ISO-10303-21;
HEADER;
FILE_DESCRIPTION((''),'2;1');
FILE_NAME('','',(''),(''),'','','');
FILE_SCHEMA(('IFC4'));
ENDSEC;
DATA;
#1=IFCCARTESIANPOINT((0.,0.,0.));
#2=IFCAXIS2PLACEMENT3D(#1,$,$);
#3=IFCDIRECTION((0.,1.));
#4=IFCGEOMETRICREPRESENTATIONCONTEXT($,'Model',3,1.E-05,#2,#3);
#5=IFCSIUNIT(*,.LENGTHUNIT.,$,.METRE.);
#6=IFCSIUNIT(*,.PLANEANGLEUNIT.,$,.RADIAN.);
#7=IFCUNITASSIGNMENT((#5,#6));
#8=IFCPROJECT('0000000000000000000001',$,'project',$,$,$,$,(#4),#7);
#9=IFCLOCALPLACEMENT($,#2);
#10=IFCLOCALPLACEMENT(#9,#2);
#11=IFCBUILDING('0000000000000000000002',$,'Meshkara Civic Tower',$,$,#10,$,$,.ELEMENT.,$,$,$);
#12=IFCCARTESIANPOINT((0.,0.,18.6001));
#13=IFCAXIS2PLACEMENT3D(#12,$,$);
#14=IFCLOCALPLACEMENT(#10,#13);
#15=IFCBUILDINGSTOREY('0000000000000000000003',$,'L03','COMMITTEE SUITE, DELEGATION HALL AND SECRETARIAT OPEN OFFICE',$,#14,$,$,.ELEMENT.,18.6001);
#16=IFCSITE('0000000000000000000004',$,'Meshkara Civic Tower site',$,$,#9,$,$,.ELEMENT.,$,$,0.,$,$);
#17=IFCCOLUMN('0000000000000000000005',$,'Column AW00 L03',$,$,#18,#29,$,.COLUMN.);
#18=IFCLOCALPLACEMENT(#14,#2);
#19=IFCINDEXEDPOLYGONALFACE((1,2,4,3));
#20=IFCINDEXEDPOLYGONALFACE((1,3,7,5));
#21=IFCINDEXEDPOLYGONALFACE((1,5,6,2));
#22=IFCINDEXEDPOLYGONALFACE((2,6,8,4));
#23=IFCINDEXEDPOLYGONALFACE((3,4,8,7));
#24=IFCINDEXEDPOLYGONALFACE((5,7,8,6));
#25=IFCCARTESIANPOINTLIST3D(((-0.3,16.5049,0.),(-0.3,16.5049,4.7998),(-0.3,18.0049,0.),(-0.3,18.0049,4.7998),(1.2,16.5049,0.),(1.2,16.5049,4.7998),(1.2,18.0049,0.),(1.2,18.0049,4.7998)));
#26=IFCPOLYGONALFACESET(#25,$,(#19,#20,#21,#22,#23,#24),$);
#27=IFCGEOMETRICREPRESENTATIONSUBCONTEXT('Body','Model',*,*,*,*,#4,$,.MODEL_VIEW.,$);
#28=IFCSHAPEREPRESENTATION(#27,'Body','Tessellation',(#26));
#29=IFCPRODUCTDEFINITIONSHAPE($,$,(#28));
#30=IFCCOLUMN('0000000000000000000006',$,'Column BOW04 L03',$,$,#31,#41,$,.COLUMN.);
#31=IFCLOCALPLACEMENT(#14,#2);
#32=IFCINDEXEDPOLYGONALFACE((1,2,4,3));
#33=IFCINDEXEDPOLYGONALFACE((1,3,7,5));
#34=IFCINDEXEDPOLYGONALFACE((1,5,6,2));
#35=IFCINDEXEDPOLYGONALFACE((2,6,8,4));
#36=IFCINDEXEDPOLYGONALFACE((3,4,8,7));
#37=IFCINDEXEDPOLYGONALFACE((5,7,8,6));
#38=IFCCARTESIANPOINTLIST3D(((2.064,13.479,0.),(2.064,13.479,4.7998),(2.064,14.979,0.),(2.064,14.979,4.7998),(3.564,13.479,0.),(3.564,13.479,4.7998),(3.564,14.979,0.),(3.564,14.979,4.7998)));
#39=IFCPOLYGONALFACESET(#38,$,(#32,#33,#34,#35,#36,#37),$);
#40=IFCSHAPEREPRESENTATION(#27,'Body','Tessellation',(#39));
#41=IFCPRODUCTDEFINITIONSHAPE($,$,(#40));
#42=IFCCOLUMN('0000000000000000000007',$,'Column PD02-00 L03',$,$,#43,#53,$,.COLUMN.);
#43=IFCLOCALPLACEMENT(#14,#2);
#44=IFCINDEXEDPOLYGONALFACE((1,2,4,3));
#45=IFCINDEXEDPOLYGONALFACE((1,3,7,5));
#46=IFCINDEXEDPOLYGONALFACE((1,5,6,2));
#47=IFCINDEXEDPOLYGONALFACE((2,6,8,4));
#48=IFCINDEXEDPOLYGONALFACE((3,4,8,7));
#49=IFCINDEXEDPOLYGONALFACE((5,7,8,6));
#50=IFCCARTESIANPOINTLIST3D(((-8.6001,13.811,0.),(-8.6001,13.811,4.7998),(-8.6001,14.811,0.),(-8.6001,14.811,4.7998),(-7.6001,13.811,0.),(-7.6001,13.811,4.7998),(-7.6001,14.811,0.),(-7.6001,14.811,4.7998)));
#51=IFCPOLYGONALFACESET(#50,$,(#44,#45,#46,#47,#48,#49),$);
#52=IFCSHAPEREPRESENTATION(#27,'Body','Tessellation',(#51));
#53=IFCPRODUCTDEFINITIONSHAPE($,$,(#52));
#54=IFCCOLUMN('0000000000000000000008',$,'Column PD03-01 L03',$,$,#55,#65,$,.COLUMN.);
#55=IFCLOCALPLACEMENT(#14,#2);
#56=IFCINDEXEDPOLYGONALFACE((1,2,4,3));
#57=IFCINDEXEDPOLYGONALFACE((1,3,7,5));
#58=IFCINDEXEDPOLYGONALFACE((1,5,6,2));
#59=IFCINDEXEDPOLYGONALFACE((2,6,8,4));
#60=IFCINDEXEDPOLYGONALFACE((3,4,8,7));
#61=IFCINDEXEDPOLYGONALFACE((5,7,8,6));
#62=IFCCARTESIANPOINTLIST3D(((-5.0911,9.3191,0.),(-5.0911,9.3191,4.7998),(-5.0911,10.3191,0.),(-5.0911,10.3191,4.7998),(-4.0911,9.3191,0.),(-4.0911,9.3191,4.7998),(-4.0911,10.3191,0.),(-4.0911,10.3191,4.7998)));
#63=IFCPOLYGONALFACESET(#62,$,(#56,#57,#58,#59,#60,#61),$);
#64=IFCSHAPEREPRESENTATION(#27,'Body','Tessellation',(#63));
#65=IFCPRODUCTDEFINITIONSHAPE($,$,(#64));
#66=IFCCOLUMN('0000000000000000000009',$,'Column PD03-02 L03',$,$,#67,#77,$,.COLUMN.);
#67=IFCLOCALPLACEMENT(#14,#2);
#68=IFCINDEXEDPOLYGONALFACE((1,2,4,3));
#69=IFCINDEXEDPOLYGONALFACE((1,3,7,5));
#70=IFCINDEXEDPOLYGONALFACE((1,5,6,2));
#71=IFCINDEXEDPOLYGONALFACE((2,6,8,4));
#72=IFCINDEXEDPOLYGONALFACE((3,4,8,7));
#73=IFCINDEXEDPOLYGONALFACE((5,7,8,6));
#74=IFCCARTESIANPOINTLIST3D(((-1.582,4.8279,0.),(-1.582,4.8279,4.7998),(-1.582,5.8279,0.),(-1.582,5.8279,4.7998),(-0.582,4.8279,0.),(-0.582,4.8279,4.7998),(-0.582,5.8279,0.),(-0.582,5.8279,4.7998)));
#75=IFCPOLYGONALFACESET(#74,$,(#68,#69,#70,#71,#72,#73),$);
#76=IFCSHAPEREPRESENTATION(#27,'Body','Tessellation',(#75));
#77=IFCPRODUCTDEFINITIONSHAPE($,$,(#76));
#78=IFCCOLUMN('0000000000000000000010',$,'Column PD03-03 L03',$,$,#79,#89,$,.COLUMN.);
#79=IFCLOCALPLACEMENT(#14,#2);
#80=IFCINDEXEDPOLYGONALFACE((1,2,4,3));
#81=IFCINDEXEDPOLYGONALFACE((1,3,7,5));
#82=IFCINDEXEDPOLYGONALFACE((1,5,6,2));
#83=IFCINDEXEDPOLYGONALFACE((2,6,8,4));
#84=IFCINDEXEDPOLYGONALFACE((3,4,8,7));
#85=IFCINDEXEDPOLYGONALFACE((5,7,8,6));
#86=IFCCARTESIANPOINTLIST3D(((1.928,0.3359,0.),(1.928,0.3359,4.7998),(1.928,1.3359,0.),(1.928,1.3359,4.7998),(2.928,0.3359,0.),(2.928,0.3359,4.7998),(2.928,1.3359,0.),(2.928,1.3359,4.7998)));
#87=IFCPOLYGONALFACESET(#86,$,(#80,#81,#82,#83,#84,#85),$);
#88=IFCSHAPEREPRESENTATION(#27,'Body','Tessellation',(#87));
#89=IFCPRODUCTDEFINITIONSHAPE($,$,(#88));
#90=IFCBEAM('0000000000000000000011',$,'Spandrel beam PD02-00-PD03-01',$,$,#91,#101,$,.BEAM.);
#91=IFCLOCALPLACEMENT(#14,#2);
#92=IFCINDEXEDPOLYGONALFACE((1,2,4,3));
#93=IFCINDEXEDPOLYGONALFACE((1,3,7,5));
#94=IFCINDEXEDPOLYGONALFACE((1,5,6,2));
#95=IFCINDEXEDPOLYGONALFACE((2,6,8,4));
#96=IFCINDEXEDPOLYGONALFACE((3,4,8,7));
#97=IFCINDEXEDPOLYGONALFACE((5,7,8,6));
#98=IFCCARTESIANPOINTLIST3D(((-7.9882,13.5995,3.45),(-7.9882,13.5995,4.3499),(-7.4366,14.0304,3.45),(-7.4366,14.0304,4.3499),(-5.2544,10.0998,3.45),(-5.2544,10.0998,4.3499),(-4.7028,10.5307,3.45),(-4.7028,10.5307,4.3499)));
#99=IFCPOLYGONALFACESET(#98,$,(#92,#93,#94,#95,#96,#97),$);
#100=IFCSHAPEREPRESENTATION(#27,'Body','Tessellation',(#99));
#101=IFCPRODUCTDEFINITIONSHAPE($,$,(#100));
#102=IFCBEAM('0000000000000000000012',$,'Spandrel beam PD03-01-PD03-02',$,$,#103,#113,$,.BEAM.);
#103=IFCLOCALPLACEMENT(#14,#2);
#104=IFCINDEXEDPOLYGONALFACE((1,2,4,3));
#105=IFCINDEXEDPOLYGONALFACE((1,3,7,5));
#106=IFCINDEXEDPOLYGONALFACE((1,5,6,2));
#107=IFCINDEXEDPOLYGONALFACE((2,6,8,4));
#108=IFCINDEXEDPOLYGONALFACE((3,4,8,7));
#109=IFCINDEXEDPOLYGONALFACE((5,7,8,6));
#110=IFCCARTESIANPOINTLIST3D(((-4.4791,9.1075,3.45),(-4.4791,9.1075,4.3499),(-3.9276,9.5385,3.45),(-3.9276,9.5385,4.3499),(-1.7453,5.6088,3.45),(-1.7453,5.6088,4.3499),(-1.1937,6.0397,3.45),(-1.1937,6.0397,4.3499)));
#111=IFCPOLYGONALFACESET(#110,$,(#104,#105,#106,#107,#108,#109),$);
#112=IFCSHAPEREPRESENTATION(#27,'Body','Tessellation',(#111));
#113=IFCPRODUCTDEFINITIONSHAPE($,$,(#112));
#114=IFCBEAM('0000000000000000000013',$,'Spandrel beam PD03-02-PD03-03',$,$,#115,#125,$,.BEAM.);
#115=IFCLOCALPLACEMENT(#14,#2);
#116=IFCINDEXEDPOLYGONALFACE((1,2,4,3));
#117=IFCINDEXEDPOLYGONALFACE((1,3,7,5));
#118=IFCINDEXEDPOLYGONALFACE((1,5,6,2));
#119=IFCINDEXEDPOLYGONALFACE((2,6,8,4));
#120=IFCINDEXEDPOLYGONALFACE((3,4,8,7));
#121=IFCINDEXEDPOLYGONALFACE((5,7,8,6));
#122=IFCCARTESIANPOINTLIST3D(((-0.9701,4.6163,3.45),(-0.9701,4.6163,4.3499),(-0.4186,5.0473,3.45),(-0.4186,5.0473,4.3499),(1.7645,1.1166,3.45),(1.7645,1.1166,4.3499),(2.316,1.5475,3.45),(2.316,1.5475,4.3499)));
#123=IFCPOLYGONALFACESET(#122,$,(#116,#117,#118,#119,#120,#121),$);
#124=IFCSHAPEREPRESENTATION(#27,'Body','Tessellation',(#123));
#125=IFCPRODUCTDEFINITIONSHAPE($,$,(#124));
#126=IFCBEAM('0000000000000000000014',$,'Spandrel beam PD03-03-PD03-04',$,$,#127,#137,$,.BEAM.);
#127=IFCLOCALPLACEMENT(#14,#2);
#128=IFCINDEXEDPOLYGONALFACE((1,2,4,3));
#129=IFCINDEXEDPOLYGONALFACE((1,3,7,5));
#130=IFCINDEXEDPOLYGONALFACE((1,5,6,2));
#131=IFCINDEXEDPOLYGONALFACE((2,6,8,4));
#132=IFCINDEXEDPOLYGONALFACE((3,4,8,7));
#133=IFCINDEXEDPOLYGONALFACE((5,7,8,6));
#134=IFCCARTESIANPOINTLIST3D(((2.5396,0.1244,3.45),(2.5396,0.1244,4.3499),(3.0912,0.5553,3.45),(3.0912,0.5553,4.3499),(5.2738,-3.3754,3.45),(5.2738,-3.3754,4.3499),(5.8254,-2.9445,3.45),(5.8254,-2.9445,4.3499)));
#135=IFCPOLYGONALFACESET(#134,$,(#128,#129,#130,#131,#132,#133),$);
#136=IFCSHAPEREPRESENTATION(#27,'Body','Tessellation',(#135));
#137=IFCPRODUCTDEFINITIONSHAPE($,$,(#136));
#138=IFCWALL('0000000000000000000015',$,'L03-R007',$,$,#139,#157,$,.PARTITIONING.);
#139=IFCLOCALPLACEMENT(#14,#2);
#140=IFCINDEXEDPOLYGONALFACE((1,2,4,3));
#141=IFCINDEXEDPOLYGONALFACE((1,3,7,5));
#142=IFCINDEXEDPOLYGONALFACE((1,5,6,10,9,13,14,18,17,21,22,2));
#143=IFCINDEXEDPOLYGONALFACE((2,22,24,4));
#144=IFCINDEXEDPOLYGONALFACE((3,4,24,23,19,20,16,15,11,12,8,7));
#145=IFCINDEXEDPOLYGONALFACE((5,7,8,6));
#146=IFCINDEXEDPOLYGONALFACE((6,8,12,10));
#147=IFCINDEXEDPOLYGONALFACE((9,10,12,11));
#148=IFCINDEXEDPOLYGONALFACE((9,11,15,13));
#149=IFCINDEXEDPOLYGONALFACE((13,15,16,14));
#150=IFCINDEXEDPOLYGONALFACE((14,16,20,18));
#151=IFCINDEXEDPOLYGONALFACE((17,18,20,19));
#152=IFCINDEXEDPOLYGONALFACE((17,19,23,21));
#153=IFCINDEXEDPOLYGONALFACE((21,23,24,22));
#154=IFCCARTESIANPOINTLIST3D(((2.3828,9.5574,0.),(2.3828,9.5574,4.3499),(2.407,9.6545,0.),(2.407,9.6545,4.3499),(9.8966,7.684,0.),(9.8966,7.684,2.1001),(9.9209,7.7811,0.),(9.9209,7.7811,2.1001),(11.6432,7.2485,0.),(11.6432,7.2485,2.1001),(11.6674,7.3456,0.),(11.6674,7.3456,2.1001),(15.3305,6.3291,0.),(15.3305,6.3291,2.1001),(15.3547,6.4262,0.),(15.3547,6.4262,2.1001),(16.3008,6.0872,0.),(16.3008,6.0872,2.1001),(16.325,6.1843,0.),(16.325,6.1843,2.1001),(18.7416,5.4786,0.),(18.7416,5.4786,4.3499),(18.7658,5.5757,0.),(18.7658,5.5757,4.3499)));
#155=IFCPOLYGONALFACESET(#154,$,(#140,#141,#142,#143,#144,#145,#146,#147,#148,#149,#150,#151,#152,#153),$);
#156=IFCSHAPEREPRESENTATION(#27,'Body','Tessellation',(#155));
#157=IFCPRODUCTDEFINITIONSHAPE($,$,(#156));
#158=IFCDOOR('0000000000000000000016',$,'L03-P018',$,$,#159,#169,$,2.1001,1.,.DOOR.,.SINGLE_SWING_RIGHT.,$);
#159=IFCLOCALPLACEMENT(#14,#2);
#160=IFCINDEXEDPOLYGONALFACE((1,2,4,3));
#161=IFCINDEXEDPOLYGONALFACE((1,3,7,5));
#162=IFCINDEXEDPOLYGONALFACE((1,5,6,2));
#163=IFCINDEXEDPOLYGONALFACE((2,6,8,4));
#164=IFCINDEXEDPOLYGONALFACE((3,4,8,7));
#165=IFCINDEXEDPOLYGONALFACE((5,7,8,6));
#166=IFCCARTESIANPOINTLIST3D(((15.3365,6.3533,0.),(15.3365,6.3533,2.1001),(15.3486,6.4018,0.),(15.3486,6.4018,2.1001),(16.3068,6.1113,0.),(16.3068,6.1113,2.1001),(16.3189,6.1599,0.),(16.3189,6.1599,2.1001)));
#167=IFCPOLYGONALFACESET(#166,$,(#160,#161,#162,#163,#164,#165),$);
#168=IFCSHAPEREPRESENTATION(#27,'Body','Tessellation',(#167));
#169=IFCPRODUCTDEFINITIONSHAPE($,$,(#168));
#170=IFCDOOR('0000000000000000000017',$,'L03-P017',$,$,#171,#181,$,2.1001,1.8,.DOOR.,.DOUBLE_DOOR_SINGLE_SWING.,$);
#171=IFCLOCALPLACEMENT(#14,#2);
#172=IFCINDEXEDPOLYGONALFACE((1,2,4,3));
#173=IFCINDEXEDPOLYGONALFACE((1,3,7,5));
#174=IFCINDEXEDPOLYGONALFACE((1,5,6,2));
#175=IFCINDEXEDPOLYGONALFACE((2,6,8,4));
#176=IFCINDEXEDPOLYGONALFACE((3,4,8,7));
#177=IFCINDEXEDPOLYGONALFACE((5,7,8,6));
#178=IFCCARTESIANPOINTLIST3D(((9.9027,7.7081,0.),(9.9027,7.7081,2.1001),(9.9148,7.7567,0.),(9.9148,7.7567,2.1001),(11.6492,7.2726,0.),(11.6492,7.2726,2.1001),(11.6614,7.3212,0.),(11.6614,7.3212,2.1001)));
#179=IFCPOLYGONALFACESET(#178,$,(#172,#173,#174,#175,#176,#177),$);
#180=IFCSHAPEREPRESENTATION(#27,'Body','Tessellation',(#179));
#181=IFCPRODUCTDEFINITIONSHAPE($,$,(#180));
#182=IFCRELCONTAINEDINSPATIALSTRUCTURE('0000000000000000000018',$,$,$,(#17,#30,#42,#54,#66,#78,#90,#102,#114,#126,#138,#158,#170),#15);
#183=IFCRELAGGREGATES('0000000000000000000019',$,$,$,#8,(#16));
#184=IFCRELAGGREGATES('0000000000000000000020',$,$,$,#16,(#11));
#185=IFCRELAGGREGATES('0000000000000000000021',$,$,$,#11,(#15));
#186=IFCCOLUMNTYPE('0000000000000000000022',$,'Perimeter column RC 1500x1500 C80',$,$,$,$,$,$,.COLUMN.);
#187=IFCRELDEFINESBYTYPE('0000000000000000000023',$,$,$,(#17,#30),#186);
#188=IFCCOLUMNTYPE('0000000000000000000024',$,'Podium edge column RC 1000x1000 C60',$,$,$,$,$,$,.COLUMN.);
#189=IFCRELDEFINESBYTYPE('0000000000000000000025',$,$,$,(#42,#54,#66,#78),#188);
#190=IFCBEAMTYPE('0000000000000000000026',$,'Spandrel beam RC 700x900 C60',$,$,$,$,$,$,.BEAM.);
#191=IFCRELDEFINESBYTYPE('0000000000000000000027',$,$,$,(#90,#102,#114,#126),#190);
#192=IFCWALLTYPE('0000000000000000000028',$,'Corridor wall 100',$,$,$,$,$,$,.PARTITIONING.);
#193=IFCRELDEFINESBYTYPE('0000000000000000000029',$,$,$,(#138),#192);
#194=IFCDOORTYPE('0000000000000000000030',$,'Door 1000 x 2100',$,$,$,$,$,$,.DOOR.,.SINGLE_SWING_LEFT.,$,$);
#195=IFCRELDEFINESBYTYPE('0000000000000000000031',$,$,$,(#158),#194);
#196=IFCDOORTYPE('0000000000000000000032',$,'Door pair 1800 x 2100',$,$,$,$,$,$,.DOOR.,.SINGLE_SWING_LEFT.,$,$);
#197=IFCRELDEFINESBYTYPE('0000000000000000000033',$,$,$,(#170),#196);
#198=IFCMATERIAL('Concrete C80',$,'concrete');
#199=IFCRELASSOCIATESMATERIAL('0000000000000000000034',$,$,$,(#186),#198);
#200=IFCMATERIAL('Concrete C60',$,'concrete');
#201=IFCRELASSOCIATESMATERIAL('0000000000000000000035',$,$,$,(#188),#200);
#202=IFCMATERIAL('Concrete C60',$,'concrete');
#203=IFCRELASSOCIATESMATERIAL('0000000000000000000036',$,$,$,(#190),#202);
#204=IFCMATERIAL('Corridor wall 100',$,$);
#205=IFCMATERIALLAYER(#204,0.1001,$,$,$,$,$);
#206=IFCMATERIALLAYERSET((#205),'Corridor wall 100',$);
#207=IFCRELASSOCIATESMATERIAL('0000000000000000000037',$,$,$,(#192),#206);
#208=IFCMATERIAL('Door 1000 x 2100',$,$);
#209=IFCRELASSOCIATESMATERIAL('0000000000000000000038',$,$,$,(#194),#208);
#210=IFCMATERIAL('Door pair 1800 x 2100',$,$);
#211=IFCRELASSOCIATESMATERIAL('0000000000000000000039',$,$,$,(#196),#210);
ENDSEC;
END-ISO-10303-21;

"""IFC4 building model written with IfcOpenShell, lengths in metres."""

from ifc_helpers import new_model, si_unit, direction, frame, frame_2d, origin, origin_2d, place, context, subcontext, project, spatial, rectangle, extrude, material, layer, layer_set, material_profile, profile_set, type_object, element, fill, save


model = new_model("IFC4")

# Units and contexts
model_context = context("Model", 3, precision=1e-05, world=origin(), true_north=direction((0.0, 1.0)))
body_context = subcontext(model_context, "Body", "Model", "MODEL_VIEW")
ifc_project = project(units=[si_unit("LENGTHUNIT", "METRE"), si_unit("PLANEANGLEUNIT", "RADIAN")], contexts=[model_context])

# Site, building, storey
site_placement = place(None, origin())
site = spatial("IfcSite", under=ifc_project, at=site_placement, Name="Meshkara Civic Tower site", CompositionType="ELEMENT", RefElevation=0.0)
building_placement = place(site_placement, origin())
building = spatial("IfcBuilding", under=site, at=building_placement, Name="Meshkara Civic Tower", CompositionType="ELEMENT")
storey_placement = place(building_placement, frame((0.0, 0.0, 18.6001)))
storey = spatial("IfcBuildingStorey", under=building, at=storey_placement, Name="L03", Description="COMMITTEE SUITE, DELEGATION HALL AND SECRETARIAT OPEN OFFICE", CompositionType="ELEMENT", Elevation=18.6001)

# Columns
ifc_material_1 = material(Name="Concrete C80", Category="concrete")
ifc_material_profile_1 = material_profile(ifc_material_1, rectangle(XDim=1.5, YDim=1.5, at=origin_2d()))
ifc_profile_set_1 = profile_set([ifc_material_profile_1], Name="Concrete C80")
column_type_1 = type_object("IfcColumnType", Name="Perimeter column RC 1500x1500 C80", PredefinedType="COLUMN", material=ifc_profile_set_1)
for number, where, z_axis, x_axis, name in (
    (1, (0.45, 17.2549, 0.0), (0.0, 0.0, 1.0), (1.0, 0.0, 0.0), "Column AW00 L03"),
    (2, (2.814, 14.229, 0.0), (0.0, 0.0, 1.0), (1.0, 0.0, 0.0), "Column BOW04 L03"),
):
    element("IfcColumn", number, at=place(storey_placement, frame(where, z_axis=z_axis, x_axis=x_axis)), inside=storey, type_object=column_type_1, Name=name, PredefinedType="COLUMN", context=body_context, shape_type="SweptSolid", body=[
        extrude(rectangle(XDim=1.5, YDim=1.5, at=origin_2d()), origin(), (0.0, 0.0, 1.0), 4.7998),
    ])
ifc_material_2 = material(Name="Concrete C60", Category="concrete")
ifc_material_profile_2 = material_profile(ifc_material_2, rectangle(XDim=1.0, YDim=1.0, at=origin_2d()))
ifc_profile_set_2 = profile_set([ifc_material_profile_2], Name="Concrete C60")
column_type_2 = type_object("IfcColumnType", Name="Podium edge column RC 1000x1000 C60", PredefinedType="COLUMN", material=ifc_profile_set_2)
for number, where, z_axis, x_axis, name in (
    (3, (-8.1001, 14.311, 0.0), (0.0, 0.0, 1.0), (1.0, 0.0, 0.0), "Column PD02-00 L03"),
    (4, (-4.5911, 9.8191, 0.0), (0.0, 0.0, 1.0), (1.0, 0.0, 0.0), "Column PD03-01 L03"),
    (5, (-1.082, 5.3279, 0.0), (0.0, 0.0, 1.0), (1.0, 0.0, 0.0), "Column PD03-02 L03"),
    (6, (2.428, 0.8359, 0.0), (0.0, 0.0, 1.0), (1.0, 0.0, 0.0), "Column PD03-03 L03"),
):
    element("IfcColumn", number, at=place(storey_placement, frame(where, z_axis=z_axis, x_axis=x_axis)), inside=storey, type_object=column_type_2, Name=name, PredefinedType="COLUMN", context=body_context, shape_type="SweptSolid", body=[
        extrude(rectangle(XDim=1.0, YDim=1.0, at=origin_2d()), origin(), (0.0, 0.0, 1.0), 4.7998),
    ])

# Beams
ifc_material_3 = material(Name="Concrete C60", Category="concrete")
ifc_material_profile_3 = material_profile(ifc_material_3, rectangle(XDim=0.7, YDim=0.8999, at=origin_2d()))
ifc_profile_set_3 = profile_set([ifc_material_profile_3], Name="Concrete C60")
beam_type = type_object("IfcBeamType", Name="Spandrel beam RC 700x900 C60", PredefinedType="BEAM", material=ifc_profile_set_3)
beam_1_placement = place(storey_placement, frame((-7.7124, 13.8149, 3.8999), z_axis=(0.615602, -0.788057, 0.0), x_axis=(0.788057, 0.615602, 0.0)))
element("IfcBeam", 7, at=beam_1_placement, inside=storey, type_object=beam_type, Name="Spandrel beam PD02-00-PD03-01", PredefinedType="BEAM", context=body_context, shape_type="SweptSolid", body=[
    extrude(rectangle(XDim=0.7, YDim=0.8999, at=origin_2d()), origin(), (0.0, 0.0, 1.0), 4.4409),
])
beam_2_placement = place(storey_placement, frame((-4.2034, 9.323, 3.8999), z_axis=(0.615709, -0.787974, 0.0), x_axis=(0.787974, 0.615709, 0.0)))
element("IfcBeam", 8, at=beam_2_placement, inside=storey, type_object=beam_type, Name="Spandrel beam PD03-01-PD03-02", PredefinedType="BEAM", context=body_context, shape_type="SweptSolid", body=[
    extrude(rectangle(XDim=0.7, YDim=0.8999, at=origin_2d()), origin(), (0.0, 0.0, 1.0), 4.4402),
])
beam_3_placement = place(storey_placement, frame((-0.6943, 4.8318, 3.8999), z_axis=(0.615705, -0.787977, 0.0), x_axis=(0.787977, 0.615705, 0.0)))
element("IfcBeam", 9, at=beam_3_placement, inside=storey, type_object=beam_type, Name="Spandrel beam PD03-02-PD03-03", PredefinedType="BEAM", context=body_context, shape_type="SweptSolid", body=[
    extrude(rectangle(XDim=0.7, YDim=0.8999, at=origin_2d()), origin(), (0.0, 0.0, 1.0), 4.4414),
])
beam_4_placement = place(storey_placement, frame((2.8154, 0.3398, 3.8999), z_axis=(0.615637, -0.78803, 0.0), x_axis=(0.78803, 0.615637, 0.0)))
element("IfcBeam", 10, at=beam_4_placement, inside=storey, type_object=beam_type, Name="Spandrel beam PD03-03-PD03-04", PredefinedType="BEAM", context=body_context, shape_type="SweptSolid", body=[
    extrude(rectangle(XDim=0.7, YDim=0.8999, at=origin_2d()), origin(), (0.0, 0.0, 1.0), 4.4412),
])

# Wall, openings, doors
ifc_material_4 = material(Name="Corridor wall 100")
ifc_layer_1 = layer(ifc_material_4, 0.1001)
ifc_layer_set_1 = layer_set([ifc_layer_1], Name="Corridor wall 100")
wall_type_1 = type_object("IfcWallType", Name="Corridor wall 100", PredefinedType="PARTITIONING", material=ifc_layer_set_1)
wall_1_placement = place(storey_placement, frame((2.395, 9.606, 0.0), z_axis=(0.0, 0.0, 1.0), x_axis=(0.970294, -0.241929, 0.0)))
wall_1 = element("IfcWall", 11, at=wall_1_placement, inside=storey, type_object=wall_type_1, Name="L03-R007", PredefinedType="PARTITIONING", context=body_context, shape_type="SweptSolid", body=[
    extrude(rectangle(XDim=16.8596, YDim=0.1001, at=frame_2d((8.4297, 0.0))), origin(), (0.0, 0.0, 1.0), 4.3499),
])
opening_1_placement = place(wall_1_placement, frame((7.7439, 0.0, 0.0)))
opening_1 = element("IfcOpeningElement", 12, at=opening_1_placement, cuts=wall_1, PredefinedType="OPENING", context=body_context, shape_type="SweptSolid", body=[
    extrude(rectangle(XDim=1.8, YDim=2.1001, at=frame_2d((0.8999, 1.05))), frame((0.0, 0.0601, 0.0), z_axis=(0.0, -1.0, 0.0), x_axis=(1.0, 0.0, 0.0)), (0.0, 0.0, 1.0), 0.1201),
])
opening_2_placement = place(wall_1_placement, frame((13.344, 0.0, 0.0)))
opening_2 = element("IfcOpeningElement", 13, at=opening_2_placement, cuts=wall_1, PredefinedType="OPENING", context=body_context, shape_type="SweptSolid", body=[
    extrude(rectangle(XDim=1.0, YDim=2.1001, at=frame_2d((0.5, 1.05))), frame((0.0, 0.0601, 0.0), z_axis=(0.0, -1.0, 0.0), x_axis=(1.0, 0.0, 0.0)), (0.0, 0.0, 1.0), 0.1201),
])
ifc_material_5 = material(Name="Door 1000 x 2100")
door_type_1 = type_object("IfcDoorType", Name="Door 1000 x 2100", OperationType="SINGLE_SWING_LEFT", PredefinedType="DOOR", material=ifc_material_5)
door_1_placement = place(opening_2_placement, origin())
door_1 = element("IfcDoor", 14, at=door_1_placement, inside=storey, type_object=door_type_1, Name="L03-P018", OperationType="SINGLE_SWING_RIGHT", OverallHeight=2.1001, OverallWidth=1.0, PredefinedType="DOOR", context=body_context, shape_type="SweptSolid", body=[
    extrude(rectangle(XDim=1.0, YDim=2.1001, at=frame_2d((0.5, 1.05))), frame((0.0, 0.0249, 0.0), z_axis=(0.0, -1.0, 0.0), x_axis=(1.0, 0.0, 0.0)), (0.0, 0.0, 1.0), 0.05),
])
fill(opening_2, door_1)
ifc_material_6 = material(Name="Door pair 1800 x 2100")
door_type_2 = type_object("IfcDoorType", Name="Door pair 1800 x 2100", OperationType="SINGLE_SWING_LEFT", PredefinedType="DOOR", material=ifc_material_6)
door_2_placement = place(opening_1_placement, origin())
door_2 = element("IfcDoor", 15, at=door_2_placement, inside=storey, type_object=door_type_2, Name="L03-P017", OperationType="DOUBLE_DOOR_SINGLE_SWING", OverallHeight=2.1001, OverallWidth=1.8, PredefinedType="DOOR", context=body_context, shape_type="SweptSolid", body=[
    extrude(rectangle(XDim=1.8, YDim=2.1001, at=frame_2d((0.8999, 1.05))), frame((0.0, 0.0249, 0.0), z_axis=(0.0, -1.0, 0.0), x_axis=(1.0, 0.0, 0.0)), (0.0, 0.0, 1.0), 0.05),
])
fill(opening_1, door_2)

save(model, "model.ifc")
